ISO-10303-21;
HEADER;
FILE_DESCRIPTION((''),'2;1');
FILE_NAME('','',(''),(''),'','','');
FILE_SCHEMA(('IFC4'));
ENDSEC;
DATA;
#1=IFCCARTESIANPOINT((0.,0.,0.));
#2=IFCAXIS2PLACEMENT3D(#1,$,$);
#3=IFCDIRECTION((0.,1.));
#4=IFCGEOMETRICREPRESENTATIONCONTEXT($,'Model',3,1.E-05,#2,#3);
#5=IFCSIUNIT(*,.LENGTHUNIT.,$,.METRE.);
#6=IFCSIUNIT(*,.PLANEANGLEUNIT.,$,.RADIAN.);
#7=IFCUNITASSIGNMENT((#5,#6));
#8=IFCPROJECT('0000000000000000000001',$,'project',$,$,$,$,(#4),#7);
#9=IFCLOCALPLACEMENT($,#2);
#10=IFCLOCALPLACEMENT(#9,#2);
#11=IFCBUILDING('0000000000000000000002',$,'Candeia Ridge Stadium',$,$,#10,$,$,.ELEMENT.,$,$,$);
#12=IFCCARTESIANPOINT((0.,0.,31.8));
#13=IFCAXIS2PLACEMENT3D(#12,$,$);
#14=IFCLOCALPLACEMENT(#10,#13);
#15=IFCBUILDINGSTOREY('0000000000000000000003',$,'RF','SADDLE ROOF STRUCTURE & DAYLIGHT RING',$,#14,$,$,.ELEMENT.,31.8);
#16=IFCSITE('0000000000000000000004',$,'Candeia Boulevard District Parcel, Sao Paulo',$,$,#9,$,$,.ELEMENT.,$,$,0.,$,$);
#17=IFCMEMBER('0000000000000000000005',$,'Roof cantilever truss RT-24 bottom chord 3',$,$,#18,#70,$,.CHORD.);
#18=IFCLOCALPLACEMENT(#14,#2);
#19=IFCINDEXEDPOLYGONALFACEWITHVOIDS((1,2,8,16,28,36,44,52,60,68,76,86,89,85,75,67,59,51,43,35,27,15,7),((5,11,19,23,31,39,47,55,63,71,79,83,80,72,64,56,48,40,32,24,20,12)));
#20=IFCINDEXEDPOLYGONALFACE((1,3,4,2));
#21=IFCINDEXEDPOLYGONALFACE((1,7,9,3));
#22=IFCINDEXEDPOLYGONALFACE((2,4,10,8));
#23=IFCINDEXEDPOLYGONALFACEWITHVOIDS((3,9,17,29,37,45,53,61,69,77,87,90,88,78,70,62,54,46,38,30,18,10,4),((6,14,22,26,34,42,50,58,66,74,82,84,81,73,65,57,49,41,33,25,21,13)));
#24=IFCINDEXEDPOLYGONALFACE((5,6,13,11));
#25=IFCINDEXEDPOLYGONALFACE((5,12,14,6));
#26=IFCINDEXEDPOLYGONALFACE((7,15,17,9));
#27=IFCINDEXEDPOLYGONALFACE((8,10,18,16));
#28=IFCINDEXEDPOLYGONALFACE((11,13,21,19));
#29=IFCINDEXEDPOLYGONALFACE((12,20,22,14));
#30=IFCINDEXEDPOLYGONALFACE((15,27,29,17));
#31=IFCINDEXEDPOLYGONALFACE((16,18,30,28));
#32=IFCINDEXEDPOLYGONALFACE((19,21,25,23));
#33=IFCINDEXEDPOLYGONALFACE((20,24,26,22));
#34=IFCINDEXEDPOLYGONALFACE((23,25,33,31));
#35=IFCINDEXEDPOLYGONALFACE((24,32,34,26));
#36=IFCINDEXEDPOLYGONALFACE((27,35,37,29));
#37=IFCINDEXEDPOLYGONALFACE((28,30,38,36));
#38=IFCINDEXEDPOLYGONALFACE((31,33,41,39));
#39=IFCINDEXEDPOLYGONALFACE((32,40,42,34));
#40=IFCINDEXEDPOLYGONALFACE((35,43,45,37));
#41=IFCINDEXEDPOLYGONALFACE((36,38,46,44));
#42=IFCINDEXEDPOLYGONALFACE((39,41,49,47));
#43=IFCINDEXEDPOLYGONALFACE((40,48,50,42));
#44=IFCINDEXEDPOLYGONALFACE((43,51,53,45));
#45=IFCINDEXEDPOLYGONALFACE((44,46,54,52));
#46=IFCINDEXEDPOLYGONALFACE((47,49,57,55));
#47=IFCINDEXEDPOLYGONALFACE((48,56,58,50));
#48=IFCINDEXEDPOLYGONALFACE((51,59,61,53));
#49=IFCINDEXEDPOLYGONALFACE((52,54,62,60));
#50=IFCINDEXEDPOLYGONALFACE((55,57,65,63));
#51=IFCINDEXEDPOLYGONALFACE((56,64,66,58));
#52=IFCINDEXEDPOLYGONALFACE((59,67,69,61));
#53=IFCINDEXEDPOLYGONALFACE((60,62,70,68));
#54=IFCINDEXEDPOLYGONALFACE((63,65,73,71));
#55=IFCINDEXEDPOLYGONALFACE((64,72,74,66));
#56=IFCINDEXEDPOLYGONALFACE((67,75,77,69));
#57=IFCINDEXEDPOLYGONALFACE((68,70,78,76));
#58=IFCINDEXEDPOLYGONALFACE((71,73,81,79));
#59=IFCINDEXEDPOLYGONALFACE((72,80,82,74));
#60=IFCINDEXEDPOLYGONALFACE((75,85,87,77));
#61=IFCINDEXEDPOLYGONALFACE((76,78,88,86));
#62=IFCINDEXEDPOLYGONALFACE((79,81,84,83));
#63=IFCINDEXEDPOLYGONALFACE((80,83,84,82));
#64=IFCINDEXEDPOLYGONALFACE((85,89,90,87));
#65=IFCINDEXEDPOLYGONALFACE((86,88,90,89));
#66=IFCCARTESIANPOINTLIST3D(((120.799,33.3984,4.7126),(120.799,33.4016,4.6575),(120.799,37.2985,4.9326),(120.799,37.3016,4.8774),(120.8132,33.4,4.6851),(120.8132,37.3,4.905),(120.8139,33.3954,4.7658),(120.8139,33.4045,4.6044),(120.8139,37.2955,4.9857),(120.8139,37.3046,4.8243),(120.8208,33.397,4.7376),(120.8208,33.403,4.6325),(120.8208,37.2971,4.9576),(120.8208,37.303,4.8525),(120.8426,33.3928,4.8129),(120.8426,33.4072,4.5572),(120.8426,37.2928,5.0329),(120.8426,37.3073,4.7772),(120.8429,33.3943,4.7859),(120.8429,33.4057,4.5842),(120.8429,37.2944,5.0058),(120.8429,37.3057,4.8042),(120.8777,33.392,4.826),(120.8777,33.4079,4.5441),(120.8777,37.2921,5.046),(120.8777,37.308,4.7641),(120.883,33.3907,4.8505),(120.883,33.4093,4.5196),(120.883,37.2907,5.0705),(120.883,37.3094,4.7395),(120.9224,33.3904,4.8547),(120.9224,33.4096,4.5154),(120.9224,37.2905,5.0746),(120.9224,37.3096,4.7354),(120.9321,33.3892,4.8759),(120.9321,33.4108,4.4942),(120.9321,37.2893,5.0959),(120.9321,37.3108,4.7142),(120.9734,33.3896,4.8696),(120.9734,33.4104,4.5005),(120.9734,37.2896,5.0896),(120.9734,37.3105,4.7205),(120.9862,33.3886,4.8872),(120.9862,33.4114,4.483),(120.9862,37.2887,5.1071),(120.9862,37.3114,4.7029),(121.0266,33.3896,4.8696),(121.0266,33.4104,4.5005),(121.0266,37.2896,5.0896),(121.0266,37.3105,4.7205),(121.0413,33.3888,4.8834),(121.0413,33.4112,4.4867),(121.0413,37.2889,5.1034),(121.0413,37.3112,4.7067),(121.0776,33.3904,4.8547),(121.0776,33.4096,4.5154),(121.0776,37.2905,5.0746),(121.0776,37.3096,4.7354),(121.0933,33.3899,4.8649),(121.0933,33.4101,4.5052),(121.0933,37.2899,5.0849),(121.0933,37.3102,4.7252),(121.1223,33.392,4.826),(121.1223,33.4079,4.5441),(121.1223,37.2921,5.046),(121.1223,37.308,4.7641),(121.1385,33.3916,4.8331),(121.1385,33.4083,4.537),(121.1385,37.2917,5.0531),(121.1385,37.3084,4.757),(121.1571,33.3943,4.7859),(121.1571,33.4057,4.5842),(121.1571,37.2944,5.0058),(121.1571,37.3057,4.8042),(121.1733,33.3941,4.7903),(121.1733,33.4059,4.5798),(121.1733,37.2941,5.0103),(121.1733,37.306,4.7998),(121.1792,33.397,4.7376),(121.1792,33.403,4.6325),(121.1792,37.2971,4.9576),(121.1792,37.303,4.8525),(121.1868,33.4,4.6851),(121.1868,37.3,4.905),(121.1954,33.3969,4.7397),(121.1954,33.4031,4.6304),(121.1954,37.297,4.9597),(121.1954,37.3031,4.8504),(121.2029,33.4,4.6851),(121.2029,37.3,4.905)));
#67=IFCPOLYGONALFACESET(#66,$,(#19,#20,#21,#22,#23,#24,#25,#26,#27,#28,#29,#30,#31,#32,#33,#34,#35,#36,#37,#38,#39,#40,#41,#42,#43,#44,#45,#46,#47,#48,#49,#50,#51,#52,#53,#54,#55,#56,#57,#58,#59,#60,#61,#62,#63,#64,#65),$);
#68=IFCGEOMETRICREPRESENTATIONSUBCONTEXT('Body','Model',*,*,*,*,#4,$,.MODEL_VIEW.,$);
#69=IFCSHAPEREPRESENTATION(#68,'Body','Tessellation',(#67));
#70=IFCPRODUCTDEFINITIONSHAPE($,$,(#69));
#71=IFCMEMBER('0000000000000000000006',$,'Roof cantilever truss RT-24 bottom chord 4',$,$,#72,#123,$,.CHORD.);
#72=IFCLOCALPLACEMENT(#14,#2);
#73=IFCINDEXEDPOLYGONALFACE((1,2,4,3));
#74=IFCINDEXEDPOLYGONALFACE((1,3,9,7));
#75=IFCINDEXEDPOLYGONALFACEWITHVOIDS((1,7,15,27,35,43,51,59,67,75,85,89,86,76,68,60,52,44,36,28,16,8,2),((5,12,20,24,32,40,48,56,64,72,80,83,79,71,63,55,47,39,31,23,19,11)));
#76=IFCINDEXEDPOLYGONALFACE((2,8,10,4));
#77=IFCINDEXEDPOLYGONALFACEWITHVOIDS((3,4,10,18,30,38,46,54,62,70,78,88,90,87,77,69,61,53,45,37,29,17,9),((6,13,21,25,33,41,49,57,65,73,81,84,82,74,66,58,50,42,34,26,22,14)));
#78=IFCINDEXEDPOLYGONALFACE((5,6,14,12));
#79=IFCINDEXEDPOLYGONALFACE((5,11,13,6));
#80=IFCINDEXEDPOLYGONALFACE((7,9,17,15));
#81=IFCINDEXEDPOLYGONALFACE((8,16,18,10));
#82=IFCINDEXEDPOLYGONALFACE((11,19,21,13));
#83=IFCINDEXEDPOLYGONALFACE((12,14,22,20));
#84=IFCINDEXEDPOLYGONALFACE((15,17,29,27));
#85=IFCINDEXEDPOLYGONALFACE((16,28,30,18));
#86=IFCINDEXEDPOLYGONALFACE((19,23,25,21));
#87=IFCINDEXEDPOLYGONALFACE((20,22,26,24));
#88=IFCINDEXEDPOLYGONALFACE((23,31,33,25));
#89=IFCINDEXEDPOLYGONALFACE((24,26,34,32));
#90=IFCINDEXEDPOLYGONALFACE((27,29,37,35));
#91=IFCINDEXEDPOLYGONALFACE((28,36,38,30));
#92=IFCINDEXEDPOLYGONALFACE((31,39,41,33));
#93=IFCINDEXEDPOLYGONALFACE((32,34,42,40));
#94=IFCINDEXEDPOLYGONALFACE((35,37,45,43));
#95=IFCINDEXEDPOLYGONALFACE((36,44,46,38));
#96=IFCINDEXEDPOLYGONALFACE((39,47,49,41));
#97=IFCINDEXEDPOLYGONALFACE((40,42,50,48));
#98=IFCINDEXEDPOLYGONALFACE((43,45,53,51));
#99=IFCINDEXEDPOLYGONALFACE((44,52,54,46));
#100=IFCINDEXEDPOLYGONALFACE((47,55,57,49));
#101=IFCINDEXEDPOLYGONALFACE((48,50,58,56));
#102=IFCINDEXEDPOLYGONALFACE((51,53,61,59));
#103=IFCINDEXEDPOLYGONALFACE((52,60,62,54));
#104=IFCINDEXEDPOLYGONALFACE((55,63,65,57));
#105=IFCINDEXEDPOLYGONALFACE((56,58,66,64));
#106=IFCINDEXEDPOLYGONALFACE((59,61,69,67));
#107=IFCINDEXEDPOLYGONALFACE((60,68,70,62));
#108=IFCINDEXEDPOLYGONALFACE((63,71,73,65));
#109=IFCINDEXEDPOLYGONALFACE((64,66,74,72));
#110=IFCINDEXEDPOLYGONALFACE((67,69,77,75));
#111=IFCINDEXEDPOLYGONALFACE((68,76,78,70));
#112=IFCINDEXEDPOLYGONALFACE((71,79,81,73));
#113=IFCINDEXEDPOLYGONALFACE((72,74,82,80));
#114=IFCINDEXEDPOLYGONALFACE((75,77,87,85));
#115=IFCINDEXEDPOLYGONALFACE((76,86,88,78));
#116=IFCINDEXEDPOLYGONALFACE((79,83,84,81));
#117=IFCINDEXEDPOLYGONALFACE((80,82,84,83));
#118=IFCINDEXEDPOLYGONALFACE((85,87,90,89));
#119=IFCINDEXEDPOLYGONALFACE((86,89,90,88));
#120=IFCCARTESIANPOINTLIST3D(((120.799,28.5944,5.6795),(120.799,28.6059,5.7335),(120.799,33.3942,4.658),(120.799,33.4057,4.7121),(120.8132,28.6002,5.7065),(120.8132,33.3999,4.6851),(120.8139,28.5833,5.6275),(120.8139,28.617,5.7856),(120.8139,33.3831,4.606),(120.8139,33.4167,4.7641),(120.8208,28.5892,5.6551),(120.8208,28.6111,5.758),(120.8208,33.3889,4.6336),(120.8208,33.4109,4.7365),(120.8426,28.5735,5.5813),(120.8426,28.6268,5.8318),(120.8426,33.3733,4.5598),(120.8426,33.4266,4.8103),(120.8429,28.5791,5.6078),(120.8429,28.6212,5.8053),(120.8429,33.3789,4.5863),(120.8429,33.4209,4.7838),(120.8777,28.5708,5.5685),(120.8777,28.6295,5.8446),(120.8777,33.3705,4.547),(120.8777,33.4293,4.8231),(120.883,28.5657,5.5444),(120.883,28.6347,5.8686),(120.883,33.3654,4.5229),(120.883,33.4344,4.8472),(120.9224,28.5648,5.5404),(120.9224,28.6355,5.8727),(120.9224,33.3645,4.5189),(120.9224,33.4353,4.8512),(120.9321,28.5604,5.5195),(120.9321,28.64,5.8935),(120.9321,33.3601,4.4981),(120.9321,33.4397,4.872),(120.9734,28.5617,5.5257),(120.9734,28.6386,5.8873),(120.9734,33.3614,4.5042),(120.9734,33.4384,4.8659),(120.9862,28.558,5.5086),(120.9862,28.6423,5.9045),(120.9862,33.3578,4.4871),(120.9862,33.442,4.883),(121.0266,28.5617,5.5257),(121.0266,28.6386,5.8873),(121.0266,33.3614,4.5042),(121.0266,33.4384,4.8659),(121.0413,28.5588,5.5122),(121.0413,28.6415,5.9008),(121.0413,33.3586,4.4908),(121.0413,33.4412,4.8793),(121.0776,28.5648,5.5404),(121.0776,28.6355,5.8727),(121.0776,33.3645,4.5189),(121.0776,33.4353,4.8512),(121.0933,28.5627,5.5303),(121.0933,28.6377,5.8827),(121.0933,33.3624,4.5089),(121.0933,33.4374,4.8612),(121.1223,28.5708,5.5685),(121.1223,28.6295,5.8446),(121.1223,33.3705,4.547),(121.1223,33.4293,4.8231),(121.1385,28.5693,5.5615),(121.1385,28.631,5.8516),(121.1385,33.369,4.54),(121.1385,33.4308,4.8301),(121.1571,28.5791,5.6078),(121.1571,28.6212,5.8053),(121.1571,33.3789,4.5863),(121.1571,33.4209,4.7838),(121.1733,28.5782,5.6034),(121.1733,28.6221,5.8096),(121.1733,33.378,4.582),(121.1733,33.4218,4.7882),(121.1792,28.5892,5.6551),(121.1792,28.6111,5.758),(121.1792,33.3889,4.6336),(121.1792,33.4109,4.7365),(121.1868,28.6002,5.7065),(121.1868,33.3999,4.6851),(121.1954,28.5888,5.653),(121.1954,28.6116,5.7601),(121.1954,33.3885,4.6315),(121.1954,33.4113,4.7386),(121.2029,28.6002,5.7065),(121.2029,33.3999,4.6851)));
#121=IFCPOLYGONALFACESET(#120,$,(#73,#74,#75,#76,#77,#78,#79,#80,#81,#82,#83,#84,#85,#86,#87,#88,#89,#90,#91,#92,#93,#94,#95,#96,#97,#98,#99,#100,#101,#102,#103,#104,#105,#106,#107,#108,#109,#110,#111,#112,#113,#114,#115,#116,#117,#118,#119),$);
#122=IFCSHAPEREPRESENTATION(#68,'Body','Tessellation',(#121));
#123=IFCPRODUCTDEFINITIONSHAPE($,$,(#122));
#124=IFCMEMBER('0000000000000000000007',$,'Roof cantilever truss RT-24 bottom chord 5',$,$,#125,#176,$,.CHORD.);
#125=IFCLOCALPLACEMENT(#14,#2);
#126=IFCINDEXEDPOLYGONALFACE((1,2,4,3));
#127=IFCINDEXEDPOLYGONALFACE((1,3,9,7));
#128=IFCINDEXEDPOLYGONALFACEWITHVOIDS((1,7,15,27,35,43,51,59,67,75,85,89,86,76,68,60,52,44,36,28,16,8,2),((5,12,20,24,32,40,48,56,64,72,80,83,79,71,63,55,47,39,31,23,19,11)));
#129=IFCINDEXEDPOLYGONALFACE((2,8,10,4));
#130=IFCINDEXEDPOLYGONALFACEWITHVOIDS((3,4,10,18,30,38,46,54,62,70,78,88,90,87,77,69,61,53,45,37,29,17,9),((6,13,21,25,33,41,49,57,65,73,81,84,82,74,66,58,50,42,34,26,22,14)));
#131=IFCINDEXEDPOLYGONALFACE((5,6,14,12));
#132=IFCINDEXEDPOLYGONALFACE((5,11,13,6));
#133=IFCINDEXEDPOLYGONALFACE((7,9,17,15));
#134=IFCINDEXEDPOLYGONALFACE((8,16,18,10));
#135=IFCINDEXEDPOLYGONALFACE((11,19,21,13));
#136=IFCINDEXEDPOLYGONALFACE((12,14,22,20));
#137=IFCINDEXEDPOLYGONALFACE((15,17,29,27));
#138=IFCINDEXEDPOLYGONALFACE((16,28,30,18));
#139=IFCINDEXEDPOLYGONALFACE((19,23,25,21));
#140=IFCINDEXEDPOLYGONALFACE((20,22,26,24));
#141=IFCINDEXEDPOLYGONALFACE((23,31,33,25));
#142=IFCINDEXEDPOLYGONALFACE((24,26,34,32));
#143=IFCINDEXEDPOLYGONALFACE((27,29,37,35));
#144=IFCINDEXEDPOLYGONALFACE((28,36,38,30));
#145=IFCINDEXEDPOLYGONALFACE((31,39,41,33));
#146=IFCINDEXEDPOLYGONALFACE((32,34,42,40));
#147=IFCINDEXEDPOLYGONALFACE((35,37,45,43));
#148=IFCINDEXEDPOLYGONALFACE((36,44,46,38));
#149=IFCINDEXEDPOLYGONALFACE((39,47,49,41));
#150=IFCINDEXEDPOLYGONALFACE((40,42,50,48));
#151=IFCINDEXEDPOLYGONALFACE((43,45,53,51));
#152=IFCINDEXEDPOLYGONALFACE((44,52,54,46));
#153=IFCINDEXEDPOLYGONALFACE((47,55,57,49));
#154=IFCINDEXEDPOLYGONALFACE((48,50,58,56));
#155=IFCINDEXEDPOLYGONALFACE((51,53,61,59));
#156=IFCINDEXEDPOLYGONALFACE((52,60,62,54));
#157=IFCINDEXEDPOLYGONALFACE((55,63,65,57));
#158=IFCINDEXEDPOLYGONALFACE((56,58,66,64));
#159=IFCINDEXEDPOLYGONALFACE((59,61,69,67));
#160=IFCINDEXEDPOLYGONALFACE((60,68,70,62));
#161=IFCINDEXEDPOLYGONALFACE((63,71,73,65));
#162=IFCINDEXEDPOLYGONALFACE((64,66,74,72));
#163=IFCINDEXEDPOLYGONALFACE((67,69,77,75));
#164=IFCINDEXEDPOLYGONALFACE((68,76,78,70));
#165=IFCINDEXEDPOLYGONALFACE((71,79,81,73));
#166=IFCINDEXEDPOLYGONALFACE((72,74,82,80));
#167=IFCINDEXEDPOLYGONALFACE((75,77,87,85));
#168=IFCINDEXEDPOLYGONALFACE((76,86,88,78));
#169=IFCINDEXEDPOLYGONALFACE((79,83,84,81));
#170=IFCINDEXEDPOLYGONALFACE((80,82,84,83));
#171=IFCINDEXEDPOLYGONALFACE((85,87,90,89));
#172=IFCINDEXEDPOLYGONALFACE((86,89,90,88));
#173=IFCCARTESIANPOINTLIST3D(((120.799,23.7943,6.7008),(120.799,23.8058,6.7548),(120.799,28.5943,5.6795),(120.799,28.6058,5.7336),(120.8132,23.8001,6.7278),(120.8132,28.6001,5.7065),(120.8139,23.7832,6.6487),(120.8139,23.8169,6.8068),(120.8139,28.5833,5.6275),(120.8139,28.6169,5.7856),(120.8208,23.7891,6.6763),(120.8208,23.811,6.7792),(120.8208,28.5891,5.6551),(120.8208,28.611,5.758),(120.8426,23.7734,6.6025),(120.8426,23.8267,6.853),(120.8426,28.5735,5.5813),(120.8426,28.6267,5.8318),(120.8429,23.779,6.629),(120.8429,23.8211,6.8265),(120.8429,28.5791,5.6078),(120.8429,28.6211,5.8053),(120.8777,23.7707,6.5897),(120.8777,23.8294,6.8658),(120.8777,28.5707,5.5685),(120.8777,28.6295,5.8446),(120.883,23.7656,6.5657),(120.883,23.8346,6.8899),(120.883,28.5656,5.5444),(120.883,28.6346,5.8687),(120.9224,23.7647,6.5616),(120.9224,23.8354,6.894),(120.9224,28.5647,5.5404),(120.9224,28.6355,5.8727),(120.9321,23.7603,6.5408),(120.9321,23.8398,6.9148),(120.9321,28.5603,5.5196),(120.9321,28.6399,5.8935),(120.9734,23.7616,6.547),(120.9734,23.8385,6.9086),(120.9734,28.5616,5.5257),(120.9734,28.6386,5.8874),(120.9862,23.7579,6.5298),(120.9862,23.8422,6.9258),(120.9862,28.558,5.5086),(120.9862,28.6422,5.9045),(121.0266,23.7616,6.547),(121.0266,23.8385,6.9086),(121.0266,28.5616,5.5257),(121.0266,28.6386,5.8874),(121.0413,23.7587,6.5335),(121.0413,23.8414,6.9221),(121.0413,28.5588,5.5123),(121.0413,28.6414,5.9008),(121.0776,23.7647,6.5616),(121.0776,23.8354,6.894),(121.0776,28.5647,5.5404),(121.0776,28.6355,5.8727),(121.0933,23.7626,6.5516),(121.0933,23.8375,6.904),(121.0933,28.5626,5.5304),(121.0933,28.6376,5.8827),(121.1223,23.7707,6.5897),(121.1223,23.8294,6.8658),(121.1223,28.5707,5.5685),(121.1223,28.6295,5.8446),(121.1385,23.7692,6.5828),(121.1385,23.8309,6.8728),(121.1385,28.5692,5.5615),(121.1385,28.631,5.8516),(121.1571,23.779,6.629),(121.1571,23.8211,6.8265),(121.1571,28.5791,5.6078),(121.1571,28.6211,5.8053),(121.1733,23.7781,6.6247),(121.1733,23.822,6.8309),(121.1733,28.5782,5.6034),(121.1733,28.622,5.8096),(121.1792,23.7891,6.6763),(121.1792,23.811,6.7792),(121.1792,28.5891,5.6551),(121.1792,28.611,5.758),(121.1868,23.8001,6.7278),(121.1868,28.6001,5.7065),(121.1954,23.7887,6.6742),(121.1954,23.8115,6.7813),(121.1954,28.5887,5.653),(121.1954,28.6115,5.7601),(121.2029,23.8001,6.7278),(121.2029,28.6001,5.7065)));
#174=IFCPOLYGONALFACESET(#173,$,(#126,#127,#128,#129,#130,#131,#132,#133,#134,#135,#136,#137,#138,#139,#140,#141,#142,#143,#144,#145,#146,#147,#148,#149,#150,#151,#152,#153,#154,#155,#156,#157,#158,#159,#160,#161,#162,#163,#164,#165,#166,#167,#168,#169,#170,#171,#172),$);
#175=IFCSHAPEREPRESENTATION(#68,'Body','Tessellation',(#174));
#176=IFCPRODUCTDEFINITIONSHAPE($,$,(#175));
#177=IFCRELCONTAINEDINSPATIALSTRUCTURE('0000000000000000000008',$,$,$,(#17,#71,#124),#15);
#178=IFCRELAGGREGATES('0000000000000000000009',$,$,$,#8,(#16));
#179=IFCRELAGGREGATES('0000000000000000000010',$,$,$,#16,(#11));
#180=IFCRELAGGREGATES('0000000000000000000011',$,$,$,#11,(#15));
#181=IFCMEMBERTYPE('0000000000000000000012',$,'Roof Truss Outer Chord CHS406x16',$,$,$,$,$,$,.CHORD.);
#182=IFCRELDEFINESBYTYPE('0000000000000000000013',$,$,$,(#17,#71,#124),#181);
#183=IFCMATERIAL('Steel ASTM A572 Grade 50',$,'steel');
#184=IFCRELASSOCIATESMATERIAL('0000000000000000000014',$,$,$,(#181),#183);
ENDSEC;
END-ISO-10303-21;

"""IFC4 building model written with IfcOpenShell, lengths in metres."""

from ifc_helpers import new_model, si_unit, direction, frame, origin, origin_2d, place, context, subcontext, project, spatial, hollow_circle, extrude, material, material_profile, profile_set, type_object, element, save


model = new_model("IFC4")

# Units and contexts
model_context = context("Model", 3, precision=1e-05, world=origin(), true_north=direction((0.0, 1.0)))
body_context = subcontext(model_context, "Body", "Model", "MODEL_VIEW")
ifc_project = project(units=[si_unit("LENGTHUNIT", "METRE"), si_unit("PLANEANGLEUNIT", "RADIAN")], contexts=[model_context])

# Site, building, storey
site_placement = place(None, origin())
site = spatial("IfcSite", under=ifc_project, at=site_placement, Name="Candeia Boulevard District Parcel, Sao Paulo", CompositionType="ELEMENT", RefElevation=0.0)
building_placement = place(site_placement, origin())
building = spatial("IfcBuilding", under=site, at=building_placement, Name="Candeia Ridge Stadium", CompositionType="ELEMENT")
storey_placement = place(building_placement, frame((0.0, 0.0, 31.8)))
storey = spatial("IfcBuildingStorey", under=building, at=storey_placement, Name="RF", Description="SADDLE ROOF STRUCTURE & DAYLIGHT RING", CompositionType="ELEMENT", Elevation=31.8)

# Shared definitions
ifc_material_1 = material(Name="Steel ASTM A572 Grade 50", Category="steel")

# Members
ifc_material_profile_1 = material_profile(ifc_material_1, hollow_circle(Radius=0.2029, WallThickness=0.0161, at=origin_2d()), Name="CHS406x16", Category="steel")
ifc_profile_set_1 = profile_set([ifc_material_profile_1], Name="Steel ASTM A572 Grade 50")
member_type_1 = type_object("IfcMemberType", Name="Roof Truss Outer Chord CHS406x16", PredefinedType="CHORD", material=ifc_profile_set_1)
member_1_placement = place(storey_placement, frame((121.0, 37.3, 4.905), z_axis=(0.0, -0.998413, -0.056311), x_axis=(1.0, 0.0, 0.0)))
element("IfcMember", 1, at=member_1_placement, inside=storey, type_object=member_type_1, Name="Roof cantilever truss RT-24 bottom chord 3", PredefinedType="CHORD", context=body_context, shape_type="SweptSolid", body=[
    extrude(hollow_circle(Radius=0.2029, WallThickness=0.0161, at=origin_2d()), origin(), (0.0, 0.0, 1.0), 3.9062),
])
member_2_placement = place(storey_placement, frame((121.0, 33.3999, 4.6851), z_axis=(0.0, -0.978096, 0.208156), x_axis=(1.0, 0.0, 0.0)))
element("IfcMember", 2, at=member_2_placement, inside=storey, type_object=member_type_1, Name="Roof cantilever truss RT-24 bottom chord 4", PredefinedType="CHORD", context=body_context, shape_type="SweptSolid", body=[
    extrude(hollow_circle(Radius=0.2029, WallThickness=0.0161, at=origin_2d()), origin(), (0.0, 0.0, 1.0), 4.9072),
])
member_3_placement = place(storey_placement, frame((121.0, 28.6001, 5.7065), z_axis=(0.0, -0.978108, 0.208099), x_axis=(1.0, 0.0, 0.0)))
element("IfcMember", 3, at=member_3_placement, inside=storey, type_object=member_type_1, Name="Roof cantilever truss RT-24 bottom chord 5", PredefinedType="CHORD", context=body_context, shape_type="SweptSolid", body=[
    extrude(hollow_circle(Radius=0.2029, WallThickness=0.0161, at=origin_2d()), origin(), (0.0, 0.0, 1.0), 4.9075),
])

save(model, "model.ifc")
